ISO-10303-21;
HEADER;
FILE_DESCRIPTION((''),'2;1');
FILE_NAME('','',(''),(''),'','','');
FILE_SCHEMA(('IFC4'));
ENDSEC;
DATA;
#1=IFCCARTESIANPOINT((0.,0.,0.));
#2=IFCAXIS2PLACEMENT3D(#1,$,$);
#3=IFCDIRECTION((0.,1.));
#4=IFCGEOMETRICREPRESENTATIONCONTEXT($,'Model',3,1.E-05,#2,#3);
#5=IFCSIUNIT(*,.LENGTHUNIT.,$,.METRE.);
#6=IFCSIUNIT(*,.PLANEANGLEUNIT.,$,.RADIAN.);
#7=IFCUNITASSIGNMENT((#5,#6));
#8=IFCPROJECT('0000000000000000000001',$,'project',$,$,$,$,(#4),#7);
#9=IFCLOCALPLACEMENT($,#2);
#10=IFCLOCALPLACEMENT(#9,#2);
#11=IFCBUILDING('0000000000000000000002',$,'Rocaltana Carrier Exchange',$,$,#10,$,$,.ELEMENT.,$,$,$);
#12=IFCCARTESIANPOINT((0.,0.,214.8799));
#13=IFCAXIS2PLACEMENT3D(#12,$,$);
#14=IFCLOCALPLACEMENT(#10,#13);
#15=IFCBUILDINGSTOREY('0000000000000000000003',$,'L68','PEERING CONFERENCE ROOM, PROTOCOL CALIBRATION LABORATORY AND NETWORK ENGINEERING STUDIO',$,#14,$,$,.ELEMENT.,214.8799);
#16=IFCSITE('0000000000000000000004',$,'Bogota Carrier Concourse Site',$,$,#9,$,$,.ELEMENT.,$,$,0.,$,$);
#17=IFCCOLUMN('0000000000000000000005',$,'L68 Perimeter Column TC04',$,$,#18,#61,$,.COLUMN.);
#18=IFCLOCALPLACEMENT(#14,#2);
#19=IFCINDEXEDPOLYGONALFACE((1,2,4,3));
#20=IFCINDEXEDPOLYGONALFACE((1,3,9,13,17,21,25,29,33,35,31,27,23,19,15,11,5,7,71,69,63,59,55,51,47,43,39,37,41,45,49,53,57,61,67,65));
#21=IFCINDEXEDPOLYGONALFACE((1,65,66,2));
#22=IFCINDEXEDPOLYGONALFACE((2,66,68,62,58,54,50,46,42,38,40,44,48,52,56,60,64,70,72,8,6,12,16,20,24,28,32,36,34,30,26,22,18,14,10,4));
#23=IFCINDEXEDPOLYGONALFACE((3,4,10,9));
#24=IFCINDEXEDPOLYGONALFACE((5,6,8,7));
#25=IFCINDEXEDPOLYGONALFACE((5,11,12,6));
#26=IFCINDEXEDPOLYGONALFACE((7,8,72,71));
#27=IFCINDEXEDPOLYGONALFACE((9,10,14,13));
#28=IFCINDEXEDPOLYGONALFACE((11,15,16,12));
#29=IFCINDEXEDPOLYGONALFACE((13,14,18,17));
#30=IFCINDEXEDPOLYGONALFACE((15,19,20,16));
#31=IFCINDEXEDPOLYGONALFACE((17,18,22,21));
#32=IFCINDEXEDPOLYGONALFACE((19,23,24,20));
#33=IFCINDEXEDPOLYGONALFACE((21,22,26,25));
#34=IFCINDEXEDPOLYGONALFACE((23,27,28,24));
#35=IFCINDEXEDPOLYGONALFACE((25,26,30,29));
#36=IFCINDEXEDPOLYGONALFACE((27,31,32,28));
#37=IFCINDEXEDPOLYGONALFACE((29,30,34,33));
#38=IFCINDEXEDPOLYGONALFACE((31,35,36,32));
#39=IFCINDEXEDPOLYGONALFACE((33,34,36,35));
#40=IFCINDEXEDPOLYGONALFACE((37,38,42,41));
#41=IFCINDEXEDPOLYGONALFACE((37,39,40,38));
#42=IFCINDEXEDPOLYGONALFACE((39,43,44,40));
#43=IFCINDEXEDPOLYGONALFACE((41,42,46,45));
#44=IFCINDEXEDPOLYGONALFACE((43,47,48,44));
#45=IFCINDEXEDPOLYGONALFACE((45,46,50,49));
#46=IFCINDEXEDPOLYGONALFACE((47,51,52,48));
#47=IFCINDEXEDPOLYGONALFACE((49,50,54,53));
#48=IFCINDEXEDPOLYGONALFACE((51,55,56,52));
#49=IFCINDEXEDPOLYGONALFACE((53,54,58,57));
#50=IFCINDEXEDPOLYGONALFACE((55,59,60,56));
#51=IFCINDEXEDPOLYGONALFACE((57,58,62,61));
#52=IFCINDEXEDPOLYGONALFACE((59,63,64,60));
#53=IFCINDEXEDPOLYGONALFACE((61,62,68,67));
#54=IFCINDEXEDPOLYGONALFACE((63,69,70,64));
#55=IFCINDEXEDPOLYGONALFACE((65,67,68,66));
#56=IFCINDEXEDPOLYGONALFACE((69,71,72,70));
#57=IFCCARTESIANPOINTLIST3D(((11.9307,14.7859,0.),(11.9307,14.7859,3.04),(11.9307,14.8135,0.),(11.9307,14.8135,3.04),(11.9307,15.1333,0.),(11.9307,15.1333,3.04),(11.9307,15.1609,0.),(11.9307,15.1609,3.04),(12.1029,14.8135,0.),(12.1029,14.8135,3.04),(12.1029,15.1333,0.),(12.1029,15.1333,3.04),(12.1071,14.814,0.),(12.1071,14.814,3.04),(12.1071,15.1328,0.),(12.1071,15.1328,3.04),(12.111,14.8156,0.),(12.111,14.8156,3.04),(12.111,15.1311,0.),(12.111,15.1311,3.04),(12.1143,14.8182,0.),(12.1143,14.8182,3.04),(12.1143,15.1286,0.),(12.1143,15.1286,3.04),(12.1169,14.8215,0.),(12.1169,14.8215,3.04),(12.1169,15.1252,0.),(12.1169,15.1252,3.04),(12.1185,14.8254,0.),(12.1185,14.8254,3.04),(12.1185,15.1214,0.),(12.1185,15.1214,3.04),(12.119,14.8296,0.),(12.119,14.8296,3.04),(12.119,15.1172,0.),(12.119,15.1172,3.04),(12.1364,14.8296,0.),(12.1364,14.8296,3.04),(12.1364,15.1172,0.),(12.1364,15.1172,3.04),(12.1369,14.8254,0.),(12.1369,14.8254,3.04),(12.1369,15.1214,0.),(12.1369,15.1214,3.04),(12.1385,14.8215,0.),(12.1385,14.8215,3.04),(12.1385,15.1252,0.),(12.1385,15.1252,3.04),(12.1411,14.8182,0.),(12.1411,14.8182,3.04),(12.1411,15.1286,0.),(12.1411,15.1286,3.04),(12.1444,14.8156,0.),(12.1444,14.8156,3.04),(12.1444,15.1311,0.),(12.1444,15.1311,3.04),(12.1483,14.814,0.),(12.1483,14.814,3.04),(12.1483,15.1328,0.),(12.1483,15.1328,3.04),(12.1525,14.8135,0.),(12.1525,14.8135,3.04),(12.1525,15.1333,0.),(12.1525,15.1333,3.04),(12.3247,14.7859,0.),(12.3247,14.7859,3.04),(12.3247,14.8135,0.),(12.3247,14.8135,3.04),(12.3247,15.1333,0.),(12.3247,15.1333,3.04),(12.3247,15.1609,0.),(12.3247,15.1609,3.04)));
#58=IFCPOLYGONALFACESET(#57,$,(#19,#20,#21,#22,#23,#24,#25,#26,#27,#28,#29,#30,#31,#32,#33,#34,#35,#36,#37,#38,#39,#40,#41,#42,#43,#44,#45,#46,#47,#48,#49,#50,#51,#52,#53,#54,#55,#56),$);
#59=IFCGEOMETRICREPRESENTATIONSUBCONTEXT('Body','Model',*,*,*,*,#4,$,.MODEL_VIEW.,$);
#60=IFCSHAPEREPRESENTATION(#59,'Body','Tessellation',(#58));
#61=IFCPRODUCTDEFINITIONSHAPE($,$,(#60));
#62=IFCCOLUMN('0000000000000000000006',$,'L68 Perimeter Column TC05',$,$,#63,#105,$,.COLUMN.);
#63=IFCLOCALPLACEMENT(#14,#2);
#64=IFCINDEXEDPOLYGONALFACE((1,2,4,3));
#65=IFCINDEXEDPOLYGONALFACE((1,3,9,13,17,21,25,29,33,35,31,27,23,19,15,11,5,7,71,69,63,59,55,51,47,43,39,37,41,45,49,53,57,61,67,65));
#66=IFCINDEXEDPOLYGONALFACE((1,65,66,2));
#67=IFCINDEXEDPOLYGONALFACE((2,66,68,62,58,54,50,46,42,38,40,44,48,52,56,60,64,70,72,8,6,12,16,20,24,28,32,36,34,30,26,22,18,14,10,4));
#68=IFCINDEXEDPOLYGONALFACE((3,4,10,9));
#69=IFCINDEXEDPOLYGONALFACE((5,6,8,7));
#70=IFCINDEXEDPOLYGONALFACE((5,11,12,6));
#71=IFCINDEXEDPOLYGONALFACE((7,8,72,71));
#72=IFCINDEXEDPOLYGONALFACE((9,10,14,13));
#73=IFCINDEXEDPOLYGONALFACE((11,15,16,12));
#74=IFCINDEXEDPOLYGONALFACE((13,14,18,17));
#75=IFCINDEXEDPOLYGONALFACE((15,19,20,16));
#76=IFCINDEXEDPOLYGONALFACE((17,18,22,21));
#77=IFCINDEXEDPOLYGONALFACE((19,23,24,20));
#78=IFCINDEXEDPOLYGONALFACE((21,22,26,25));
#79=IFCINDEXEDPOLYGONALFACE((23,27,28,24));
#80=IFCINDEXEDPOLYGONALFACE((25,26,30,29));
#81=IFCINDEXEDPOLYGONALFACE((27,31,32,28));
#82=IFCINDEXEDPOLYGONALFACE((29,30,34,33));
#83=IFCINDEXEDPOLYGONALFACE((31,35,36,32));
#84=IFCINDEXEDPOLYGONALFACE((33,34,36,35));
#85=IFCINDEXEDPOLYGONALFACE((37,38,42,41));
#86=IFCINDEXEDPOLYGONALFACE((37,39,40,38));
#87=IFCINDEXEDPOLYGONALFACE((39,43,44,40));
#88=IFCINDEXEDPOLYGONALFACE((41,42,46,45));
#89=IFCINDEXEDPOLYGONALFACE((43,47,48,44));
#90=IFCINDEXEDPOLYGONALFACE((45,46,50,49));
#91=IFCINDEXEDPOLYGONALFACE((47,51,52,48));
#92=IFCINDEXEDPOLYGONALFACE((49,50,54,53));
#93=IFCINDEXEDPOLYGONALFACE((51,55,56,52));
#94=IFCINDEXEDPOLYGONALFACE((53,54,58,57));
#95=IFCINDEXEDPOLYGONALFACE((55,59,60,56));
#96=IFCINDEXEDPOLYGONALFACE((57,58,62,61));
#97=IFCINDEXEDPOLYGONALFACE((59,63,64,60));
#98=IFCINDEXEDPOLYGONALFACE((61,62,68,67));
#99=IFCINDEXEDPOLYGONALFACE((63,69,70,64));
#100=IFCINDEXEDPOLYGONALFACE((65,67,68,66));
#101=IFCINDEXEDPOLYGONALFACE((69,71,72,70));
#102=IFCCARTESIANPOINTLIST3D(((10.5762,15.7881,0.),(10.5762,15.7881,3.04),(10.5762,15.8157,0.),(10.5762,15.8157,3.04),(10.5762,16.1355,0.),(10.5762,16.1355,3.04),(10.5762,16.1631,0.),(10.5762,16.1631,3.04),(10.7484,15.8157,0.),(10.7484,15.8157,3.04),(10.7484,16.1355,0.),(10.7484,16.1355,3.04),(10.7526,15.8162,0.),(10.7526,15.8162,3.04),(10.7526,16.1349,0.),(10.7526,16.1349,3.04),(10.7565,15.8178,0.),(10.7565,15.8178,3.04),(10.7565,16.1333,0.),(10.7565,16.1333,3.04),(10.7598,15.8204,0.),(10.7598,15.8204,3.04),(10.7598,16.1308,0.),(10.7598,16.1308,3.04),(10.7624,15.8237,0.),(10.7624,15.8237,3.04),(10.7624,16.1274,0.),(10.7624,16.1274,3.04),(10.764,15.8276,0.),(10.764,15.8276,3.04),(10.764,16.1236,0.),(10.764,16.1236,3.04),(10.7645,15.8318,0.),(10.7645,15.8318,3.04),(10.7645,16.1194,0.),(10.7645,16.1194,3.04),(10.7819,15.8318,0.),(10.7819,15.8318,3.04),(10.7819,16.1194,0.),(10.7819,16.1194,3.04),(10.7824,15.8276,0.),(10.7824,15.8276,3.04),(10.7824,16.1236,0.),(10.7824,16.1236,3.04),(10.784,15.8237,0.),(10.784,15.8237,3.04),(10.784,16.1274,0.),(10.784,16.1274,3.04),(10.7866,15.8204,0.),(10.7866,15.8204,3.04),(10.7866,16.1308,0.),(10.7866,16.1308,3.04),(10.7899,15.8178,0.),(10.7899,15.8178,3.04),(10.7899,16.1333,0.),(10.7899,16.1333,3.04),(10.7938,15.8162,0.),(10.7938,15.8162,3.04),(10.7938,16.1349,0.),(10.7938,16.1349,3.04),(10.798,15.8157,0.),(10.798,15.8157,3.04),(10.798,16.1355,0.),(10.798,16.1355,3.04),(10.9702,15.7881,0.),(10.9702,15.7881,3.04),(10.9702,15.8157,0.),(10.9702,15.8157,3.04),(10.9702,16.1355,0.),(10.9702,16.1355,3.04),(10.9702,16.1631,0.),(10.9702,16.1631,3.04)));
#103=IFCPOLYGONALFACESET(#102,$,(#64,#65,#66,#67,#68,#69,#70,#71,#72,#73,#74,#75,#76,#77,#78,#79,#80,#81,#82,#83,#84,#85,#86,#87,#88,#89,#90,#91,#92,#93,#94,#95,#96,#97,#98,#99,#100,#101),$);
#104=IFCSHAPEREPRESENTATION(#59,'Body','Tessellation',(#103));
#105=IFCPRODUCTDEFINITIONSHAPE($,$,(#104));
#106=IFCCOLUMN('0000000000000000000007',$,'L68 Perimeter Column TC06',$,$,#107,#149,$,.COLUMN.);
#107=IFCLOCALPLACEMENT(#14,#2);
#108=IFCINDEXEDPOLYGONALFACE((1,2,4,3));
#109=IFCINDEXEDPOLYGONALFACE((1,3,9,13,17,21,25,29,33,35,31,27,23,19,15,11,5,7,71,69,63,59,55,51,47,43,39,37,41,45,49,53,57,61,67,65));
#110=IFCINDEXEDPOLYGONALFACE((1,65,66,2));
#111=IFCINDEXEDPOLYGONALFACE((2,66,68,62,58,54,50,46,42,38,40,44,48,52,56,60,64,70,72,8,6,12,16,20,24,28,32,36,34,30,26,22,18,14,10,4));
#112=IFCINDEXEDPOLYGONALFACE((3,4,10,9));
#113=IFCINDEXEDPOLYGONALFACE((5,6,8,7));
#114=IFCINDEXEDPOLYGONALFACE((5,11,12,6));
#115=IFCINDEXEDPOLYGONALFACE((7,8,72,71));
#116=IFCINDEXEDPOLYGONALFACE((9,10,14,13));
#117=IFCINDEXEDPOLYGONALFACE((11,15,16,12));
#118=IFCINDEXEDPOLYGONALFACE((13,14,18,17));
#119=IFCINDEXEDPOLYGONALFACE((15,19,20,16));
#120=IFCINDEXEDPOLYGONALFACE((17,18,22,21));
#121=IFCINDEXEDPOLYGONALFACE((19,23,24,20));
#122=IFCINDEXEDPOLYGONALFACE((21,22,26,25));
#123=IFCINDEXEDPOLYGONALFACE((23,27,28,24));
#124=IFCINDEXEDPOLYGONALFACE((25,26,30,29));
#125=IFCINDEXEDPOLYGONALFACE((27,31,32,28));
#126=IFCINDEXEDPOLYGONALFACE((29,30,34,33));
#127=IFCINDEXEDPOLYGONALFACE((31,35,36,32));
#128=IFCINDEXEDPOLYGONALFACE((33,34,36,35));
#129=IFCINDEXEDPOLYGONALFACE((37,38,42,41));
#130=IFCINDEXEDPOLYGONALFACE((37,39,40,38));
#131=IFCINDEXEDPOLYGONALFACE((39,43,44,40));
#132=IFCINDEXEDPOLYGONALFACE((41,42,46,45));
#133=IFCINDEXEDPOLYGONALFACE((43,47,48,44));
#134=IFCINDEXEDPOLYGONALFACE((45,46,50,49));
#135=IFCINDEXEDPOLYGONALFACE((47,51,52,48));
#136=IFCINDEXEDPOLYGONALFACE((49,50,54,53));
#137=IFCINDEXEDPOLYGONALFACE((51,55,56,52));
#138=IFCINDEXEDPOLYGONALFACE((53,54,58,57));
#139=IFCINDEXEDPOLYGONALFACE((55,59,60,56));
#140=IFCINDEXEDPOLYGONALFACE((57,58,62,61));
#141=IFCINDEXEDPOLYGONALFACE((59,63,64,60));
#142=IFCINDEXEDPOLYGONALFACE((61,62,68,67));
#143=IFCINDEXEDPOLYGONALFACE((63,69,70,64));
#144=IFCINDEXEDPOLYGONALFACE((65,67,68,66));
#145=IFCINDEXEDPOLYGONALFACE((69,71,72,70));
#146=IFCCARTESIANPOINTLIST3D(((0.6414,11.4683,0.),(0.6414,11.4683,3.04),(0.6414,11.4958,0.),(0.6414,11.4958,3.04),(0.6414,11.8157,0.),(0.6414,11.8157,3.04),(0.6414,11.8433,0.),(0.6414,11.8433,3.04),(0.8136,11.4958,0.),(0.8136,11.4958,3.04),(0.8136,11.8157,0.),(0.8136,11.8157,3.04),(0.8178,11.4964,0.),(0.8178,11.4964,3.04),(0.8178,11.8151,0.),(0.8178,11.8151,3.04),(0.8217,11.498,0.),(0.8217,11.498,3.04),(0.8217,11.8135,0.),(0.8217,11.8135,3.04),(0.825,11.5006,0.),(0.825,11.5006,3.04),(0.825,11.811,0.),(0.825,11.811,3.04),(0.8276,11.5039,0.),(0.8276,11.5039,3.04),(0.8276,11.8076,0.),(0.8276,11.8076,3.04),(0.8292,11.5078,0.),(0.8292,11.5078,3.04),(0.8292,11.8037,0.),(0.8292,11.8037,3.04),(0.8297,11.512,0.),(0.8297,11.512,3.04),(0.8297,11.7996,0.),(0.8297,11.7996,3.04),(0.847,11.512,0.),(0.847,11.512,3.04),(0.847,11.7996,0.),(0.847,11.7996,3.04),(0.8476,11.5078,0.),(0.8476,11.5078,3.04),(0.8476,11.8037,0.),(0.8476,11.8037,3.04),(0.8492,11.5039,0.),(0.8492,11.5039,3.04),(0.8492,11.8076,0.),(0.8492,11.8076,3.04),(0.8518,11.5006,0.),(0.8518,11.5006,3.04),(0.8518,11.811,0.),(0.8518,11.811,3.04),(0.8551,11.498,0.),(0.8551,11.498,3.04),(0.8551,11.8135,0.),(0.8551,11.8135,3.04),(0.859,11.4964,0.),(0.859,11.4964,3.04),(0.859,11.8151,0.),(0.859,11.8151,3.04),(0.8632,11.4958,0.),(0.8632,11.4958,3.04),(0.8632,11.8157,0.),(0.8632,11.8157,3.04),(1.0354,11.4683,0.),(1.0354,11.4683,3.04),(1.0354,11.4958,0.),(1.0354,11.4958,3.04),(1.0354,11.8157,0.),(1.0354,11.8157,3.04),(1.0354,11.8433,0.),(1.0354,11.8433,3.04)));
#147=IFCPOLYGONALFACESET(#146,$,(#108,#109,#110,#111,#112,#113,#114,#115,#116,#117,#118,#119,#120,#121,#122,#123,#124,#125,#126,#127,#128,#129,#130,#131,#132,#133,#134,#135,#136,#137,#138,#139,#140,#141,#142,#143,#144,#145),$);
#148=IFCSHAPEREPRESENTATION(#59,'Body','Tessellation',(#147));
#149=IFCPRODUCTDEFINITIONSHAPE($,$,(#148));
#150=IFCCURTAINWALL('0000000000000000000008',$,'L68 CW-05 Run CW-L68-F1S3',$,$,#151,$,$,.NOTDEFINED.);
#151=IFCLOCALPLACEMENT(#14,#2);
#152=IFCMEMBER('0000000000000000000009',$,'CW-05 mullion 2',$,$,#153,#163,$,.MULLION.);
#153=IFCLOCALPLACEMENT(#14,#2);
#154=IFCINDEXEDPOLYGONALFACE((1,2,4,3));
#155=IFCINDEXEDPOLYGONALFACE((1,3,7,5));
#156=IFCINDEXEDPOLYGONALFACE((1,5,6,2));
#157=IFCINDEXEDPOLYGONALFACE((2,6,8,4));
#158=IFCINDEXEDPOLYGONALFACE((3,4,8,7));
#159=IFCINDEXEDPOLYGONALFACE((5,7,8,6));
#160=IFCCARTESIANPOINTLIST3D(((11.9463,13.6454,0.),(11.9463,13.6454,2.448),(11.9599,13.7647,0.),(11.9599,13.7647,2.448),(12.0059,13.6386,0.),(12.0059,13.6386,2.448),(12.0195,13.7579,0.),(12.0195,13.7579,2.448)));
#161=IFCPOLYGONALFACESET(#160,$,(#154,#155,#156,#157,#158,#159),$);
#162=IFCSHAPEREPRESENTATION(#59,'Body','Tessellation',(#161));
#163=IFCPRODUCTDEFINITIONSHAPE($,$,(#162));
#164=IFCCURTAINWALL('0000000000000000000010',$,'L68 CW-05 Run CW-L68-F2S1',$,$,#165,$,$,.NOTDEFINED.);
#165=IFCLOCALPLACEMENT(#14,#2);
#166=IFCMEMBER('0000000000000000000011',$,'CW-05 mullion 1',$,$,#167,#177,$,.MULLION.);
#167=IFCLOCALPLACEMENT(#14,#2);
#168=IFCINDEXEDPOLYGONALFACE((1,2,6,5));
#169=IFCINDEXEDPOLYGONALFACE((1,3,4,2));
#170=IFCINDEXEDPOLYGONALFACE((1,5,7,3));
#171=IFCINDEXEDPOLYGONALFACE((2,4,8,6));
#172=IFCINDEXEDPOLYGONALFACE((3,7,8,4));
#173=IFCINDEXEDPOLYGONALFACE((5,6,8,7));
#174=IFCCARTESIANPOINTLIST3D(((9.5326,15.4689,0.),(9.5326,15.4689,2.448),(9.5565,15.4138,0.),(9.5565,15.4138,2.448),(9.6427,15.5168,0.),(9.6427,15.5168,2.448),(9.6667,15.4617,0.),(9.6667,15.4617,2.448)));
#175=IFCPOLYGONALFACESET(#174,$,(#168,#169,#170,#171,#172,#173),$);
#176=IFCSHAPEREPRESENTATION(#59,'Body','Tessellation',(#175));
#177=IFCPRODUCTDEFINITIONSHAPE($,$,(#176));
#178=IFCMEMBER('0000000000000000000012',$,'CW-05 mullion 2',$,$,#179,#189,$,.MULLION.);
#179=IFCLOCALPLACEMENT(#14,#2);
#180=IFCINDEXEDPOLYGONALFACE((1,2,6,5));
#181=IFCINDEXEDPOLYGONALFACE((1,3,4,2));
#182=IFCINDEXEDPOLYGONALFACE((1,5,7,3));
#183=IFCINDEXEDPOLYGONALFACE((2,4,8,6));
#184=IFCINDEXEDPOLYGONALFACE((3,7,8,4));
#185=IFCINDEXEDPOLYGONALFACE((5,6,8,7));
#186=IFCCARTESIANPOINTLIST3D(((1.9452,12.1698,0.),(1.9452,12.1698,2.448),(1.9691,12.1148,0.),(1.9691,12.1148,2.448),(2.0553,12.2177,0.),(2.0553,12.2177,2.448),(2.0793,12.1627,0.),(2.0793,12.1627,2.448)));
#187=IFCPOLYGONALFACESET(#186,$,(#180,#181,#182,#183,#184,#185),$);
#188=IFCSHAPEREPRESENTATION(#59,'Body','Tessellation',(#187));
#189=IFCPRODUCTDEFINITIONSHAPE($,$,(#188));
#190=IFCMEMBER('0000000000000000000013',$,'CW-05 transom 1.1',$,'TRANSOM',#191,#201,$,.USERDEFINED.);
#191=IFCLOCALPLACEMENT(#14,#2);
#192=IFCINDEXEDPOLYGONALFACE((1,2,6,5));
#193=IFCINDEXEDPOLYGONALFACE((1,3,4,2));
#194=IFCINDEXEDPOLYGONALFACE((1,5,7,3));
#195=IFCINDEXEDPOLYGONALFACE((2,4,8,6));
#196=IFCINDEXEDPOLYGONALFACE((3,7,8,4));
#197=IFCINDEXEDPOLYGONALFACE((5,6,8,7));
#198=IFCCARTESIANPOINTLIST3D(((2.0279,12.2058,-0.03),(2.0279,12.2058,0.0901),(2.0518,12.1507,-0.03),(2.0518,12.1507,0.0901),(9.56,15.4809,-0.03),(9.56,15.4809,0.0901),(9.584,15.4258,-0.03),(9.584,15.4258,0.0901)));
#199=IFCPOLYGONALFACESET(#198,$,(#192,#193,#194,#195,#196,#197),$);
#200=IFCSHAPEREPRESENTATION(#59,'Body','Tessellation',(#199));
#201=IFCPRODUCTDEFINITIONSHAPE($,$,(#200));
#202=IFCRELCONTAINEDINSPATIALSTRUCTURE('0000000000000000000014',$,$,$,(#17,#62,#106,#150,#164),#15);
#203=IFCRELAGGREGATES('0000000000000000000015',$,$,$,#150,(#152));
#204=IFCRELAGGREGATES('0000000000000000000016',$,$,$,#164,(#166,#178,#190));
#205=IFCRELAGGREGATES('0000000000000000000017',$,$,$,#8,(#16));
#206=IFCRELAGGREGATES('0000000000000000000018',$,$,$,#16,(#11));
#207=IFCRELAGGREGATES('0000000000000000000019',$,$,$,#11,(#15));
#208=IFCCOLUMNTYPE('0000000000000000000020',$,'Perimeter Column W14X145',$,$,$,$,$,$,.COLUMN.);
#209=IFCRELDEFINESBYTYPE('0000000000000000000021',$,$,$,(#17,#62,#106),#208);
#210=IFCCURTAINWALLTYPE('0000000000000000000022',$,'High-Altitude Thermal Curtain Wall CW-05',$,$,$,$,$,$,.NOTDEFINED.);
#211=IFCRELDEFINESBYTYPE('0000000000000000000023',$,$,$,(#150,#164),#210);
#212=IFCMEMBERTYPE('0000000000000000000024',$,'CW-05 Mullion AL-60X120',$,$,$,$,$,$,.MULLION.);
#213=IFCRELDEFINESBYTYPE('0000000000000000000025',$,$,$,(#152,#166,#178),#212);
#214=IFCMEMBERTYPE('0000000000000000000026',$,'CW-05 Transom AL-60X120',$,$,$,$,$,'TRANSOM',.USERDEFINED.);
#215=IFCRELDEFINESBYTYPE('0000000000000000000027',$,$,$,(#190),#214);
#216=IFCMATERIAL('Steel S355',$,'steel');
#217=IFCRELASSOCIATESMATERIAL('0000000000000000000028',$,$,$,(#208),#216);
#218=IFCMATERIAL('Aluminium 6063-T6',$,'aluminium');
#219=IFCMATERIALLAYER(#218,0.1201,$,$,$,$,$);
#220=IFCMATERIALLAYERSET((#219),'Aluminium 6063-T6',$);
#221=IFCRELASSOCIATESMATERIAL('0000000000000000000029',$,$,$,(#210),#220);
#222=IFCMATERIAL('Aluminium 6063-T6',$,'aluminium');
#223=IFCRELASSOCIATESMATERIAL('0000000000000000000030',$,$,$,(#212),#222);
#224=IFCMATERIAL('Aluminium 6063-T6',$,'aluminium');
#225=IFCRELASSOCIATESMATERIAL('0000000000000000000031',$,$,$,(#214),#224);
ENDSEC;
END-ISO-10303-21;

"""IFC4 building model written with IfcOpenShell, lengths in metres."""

from ifc_helpers import new_model, si_unit, direction, frame, origin, origin_2d, place, context, subcontext, project, spatial, rectangle, i_section, extrude, material, layer, layer_set, material_profile, profile_set, type_object, element, aggregate, save


model = new_model("IFC4")

# Units and contexts
model_context = context("Model", 3, precision=1e-05, world=origin(), true_north=direction((0.0, 1.0)))
body_context = subcontext(model_context, "Body", "Model", "MODEL_VIEW")
ifc_project = project(units=[si_unit("LENGTHUNIT", "METRE"), si_unit("PLANEANGLEUNIT", "RADIAN")], contexts=[model_context])

# Site, building, storey
site_placement = place(None, origin())
site = spatial("IfcSite", under=ifc_project, at=site_placement, Name="Bogota Carrier Concourse Site", CompositionType="ELEMENT", RefElevation=0.0)
building_placement = place(site_placement, origin())
building = spatial("IfcBuilding", under=site, at=building_placement, Name="Rocaltana Carrier Exchange", CompositionType="ELEMENT")
storey_placement = place(building_placement, frame((0.0, 0.0, 214.8799)))
storey = spatial("IfcBuildingStorey", under=building, at=storey_placement, Name="L68", Description="PEERING CONFERENCE ROOM, PROTOCOL CALIBRATION LABORATORY AND NETWORK ENGINEERING STUDIO", CompositionType="ELEMENT", Elevation=214.8799)

# Columns
ifc_material_1 = material(Name="Steel S355", Category="steel")
ifc_material_profile_1 = material_profile(ifc_material_1, i_section(OverallWidth=0.394, OverallDepth=0.375, WebThickness=0.0173, FlangeThickness=0.0276, FilletRadius=0.0161, at=origin_2d()), Name="W14X145")
ifc_profile_set_1 = profile_set([ifc_material_profile_1], Name="Steel S355")
column_type = type_object("IfcColumnType", Name="Perimeter Column W14X145", PredefinedType="COLUMN", material=ifc_profile_set_1)
for number, where, z_axis, x_axis, name in (
    (1, (12.1277, 14.9734, 0.0), (0.0, 0.0, 1.0), (1.0, 0.0, 0.0), "L68 Perimeter Column TC04"),
    (2, (10.7732, 15.9756, 0.0), (0.0, 0.0, 1.0), (1.0, 0.0, 0.0), "L68 Perimeter Column TC05"),
    (3, (0.8384, 11.6558, 0.0), (0.0, 0.0, 1.0), (1.0, 0.0, 0.0), "L68 Perimeter Column TC06"),
):
    element("IfcColumn", number, at=place(storey_placement, frame(where, z_axis=z_axis, x_axis=x_axis)), inside=storey, type_object=column_type, Name=name, PredefinedType="COLUMN", context=body_context, shape_type="SweptSolid", body=[
        extrude(i_section(OverallWidth=0.394, OverallDepth=0.375, WebThickness=0.0173, FlangeThickness=0.0276, FilletRadius=0.0161, at=origin_2d()), origin(), (0.0, 0.0, 1.0), 3.04),
    ])

# Curtain wall, member
ifc_material_2 = material(Name="Aluminium 6063-T6", Category="aluminium")
ifc_layer_1 = layer(ifc_material_2, 0.1201)
ifc_layer_set_1 = layer_set([ifc_layer_1], Name="Aluminium 6063-T6")
curtain_wall_type = type_object("IfcCurtainWallType", Name="High-Altitude Thermal Curtain Wall CW-05", PredefinedType="NOTDEFINED", material=ifc_layer_set_1)
curtain_wall_1_placement = place(storey_placement, origin())
curtain_wall_1 = element("IfcCurtainWall", 4, at=curtain_wall_1_placement, inside=storey, type_object=curtain_wall_type, Name="L68 CW-05 Run CW-L68-F1S3", PredefinedType="NOTDEFINED")
ifc_material_3 = material(Name="Aluminium 6063-T6", Category="aluminium")
ifc_material_profile_2 = material_profile(ifc_material_3, rectangle(XDim=0.0601, YDim=0.1201, at=origin_2d()), Name="AL-60X120")
ifc_profile_set_2 = profile_set([ifc_material_profile_2], Name="Aluminium 6063-T6")
member_type_1 = type_object("IfcMemberType", Name="CW-05 Mullion AL-60X120", PredefinedType="MULLION", material=ifc_profile_set_2)
member_1_placement = place(storey_placement, frame((11.9829, 13.7017, 0.0), z_axis=(0.0, 0.0, 1.0), x_axis=(-0.993573, 0.113197, 0.0)))
member_1 = element("IfcMember", 5, at=member_1_placement, type_object=member_type_1, Name="CW-05 mullion 2", PredefinedType="MULLION", context=body_context, shape_type="SweptSolid", body=[
    extrude(rectangle(XDim=0.0601, YDim=0.1201, at=origin_2d()), origin(), (0.0, 0.0, 1.0), 2.448),
])

# Curtain wall, members
curtain_wall_2_placement = place(storey_placement, origin())
curtain_wall_2 = element("IfcCurtainWall", 6, at=curtain_wall_2_placement, inside=storey, type_object=curtain_wall_type, Name="L68 CW-05 Run CW-L68-F2S1", PredefinedType="NOTDEFINED")
member_2_placement = place(storey_placement, frame((9.5996, 15.4653, 0.0), z_axis=(0.0, 0.0, 1.0), x_axis=(0.398757, -0.917057, 0.0)))
member_2 = element("IfcMember", 7, at=member_2_placement, type_object=member_type_1, Name="CW-05 mullion 1", PredefinedType="MULLION", context=body_context, shape_type="SweptSolid", body=[
    extrude(rectangle(XDim=0.0601, YDim=0.1201, at=origin_2d()), origin(), (0.0, 0.0, 1.0), 2.448),
])
member_3_placement = place(storey_placement, frame((2.0122, 12.1663, 0.0), z_axis=(0.0, 0.0, 1.0), x_axis=(0.398757, -0.917057, 0.0)))
member_3 = element("IfcMember", 8, at=member_3_placement, type_object=member_type_1, Name="CW-05 mullion 2", PredefinedType="MULLION", context=body_context, shape_type="SweptSolid", body=[
    extrude(rectangle(XDim=0.0601, YDim=0.1201, at=origin_2d()), origin(), (0.0, 0.0, 1.0), 2.448),
])
ifc_material_4 = material(Name="Aluminium 6063-T6", Category="aluminium")
ifc_material_profile_3 = material_profile(ifc_material_4, rectangle(XDim=0.0601, YDim=0.1201, at=origin_2d()), Name="AL-60X120")
ifc_profile_set_3 = profile_set([ifc_material_profile_3], Name="Aluminium 6063-T6")
member_type_2 = type_object("IfcMemberType", Name="CW-05 Transom AL-60X120", ElementType="TRANSOM", PredefinedType="USERDEFINED", material=ifc_profile_set_3)
member_4_placement = place(storey_placement, frame((9.572, 15.4534, 0.03), z_axis=(-0.917058, -0.398753, 0.0), x_axis=(0.398753, -0.917058, 0.0)))
member_4 = element("IfcMember", 9, at=member_4_placement, type_object=member_type_2, Name="CW-05 transom 1.1", ObjectType="TRANSOM", PredefinedType="USERDEFINED", context=body_context, shape_type="SweptSolid", body=[
    extrude(rectangle(XDim=0.0601, YDim=0.1201, at=origin_2d()), origin(), (0.0, 0.0, 1.0), 8.2134),
])

aggregate(curtain_wall_1, [member_1])
aggregate(curtain_wall_2, [member_2, member_3, member_4])

save(model, "model.ifc")
